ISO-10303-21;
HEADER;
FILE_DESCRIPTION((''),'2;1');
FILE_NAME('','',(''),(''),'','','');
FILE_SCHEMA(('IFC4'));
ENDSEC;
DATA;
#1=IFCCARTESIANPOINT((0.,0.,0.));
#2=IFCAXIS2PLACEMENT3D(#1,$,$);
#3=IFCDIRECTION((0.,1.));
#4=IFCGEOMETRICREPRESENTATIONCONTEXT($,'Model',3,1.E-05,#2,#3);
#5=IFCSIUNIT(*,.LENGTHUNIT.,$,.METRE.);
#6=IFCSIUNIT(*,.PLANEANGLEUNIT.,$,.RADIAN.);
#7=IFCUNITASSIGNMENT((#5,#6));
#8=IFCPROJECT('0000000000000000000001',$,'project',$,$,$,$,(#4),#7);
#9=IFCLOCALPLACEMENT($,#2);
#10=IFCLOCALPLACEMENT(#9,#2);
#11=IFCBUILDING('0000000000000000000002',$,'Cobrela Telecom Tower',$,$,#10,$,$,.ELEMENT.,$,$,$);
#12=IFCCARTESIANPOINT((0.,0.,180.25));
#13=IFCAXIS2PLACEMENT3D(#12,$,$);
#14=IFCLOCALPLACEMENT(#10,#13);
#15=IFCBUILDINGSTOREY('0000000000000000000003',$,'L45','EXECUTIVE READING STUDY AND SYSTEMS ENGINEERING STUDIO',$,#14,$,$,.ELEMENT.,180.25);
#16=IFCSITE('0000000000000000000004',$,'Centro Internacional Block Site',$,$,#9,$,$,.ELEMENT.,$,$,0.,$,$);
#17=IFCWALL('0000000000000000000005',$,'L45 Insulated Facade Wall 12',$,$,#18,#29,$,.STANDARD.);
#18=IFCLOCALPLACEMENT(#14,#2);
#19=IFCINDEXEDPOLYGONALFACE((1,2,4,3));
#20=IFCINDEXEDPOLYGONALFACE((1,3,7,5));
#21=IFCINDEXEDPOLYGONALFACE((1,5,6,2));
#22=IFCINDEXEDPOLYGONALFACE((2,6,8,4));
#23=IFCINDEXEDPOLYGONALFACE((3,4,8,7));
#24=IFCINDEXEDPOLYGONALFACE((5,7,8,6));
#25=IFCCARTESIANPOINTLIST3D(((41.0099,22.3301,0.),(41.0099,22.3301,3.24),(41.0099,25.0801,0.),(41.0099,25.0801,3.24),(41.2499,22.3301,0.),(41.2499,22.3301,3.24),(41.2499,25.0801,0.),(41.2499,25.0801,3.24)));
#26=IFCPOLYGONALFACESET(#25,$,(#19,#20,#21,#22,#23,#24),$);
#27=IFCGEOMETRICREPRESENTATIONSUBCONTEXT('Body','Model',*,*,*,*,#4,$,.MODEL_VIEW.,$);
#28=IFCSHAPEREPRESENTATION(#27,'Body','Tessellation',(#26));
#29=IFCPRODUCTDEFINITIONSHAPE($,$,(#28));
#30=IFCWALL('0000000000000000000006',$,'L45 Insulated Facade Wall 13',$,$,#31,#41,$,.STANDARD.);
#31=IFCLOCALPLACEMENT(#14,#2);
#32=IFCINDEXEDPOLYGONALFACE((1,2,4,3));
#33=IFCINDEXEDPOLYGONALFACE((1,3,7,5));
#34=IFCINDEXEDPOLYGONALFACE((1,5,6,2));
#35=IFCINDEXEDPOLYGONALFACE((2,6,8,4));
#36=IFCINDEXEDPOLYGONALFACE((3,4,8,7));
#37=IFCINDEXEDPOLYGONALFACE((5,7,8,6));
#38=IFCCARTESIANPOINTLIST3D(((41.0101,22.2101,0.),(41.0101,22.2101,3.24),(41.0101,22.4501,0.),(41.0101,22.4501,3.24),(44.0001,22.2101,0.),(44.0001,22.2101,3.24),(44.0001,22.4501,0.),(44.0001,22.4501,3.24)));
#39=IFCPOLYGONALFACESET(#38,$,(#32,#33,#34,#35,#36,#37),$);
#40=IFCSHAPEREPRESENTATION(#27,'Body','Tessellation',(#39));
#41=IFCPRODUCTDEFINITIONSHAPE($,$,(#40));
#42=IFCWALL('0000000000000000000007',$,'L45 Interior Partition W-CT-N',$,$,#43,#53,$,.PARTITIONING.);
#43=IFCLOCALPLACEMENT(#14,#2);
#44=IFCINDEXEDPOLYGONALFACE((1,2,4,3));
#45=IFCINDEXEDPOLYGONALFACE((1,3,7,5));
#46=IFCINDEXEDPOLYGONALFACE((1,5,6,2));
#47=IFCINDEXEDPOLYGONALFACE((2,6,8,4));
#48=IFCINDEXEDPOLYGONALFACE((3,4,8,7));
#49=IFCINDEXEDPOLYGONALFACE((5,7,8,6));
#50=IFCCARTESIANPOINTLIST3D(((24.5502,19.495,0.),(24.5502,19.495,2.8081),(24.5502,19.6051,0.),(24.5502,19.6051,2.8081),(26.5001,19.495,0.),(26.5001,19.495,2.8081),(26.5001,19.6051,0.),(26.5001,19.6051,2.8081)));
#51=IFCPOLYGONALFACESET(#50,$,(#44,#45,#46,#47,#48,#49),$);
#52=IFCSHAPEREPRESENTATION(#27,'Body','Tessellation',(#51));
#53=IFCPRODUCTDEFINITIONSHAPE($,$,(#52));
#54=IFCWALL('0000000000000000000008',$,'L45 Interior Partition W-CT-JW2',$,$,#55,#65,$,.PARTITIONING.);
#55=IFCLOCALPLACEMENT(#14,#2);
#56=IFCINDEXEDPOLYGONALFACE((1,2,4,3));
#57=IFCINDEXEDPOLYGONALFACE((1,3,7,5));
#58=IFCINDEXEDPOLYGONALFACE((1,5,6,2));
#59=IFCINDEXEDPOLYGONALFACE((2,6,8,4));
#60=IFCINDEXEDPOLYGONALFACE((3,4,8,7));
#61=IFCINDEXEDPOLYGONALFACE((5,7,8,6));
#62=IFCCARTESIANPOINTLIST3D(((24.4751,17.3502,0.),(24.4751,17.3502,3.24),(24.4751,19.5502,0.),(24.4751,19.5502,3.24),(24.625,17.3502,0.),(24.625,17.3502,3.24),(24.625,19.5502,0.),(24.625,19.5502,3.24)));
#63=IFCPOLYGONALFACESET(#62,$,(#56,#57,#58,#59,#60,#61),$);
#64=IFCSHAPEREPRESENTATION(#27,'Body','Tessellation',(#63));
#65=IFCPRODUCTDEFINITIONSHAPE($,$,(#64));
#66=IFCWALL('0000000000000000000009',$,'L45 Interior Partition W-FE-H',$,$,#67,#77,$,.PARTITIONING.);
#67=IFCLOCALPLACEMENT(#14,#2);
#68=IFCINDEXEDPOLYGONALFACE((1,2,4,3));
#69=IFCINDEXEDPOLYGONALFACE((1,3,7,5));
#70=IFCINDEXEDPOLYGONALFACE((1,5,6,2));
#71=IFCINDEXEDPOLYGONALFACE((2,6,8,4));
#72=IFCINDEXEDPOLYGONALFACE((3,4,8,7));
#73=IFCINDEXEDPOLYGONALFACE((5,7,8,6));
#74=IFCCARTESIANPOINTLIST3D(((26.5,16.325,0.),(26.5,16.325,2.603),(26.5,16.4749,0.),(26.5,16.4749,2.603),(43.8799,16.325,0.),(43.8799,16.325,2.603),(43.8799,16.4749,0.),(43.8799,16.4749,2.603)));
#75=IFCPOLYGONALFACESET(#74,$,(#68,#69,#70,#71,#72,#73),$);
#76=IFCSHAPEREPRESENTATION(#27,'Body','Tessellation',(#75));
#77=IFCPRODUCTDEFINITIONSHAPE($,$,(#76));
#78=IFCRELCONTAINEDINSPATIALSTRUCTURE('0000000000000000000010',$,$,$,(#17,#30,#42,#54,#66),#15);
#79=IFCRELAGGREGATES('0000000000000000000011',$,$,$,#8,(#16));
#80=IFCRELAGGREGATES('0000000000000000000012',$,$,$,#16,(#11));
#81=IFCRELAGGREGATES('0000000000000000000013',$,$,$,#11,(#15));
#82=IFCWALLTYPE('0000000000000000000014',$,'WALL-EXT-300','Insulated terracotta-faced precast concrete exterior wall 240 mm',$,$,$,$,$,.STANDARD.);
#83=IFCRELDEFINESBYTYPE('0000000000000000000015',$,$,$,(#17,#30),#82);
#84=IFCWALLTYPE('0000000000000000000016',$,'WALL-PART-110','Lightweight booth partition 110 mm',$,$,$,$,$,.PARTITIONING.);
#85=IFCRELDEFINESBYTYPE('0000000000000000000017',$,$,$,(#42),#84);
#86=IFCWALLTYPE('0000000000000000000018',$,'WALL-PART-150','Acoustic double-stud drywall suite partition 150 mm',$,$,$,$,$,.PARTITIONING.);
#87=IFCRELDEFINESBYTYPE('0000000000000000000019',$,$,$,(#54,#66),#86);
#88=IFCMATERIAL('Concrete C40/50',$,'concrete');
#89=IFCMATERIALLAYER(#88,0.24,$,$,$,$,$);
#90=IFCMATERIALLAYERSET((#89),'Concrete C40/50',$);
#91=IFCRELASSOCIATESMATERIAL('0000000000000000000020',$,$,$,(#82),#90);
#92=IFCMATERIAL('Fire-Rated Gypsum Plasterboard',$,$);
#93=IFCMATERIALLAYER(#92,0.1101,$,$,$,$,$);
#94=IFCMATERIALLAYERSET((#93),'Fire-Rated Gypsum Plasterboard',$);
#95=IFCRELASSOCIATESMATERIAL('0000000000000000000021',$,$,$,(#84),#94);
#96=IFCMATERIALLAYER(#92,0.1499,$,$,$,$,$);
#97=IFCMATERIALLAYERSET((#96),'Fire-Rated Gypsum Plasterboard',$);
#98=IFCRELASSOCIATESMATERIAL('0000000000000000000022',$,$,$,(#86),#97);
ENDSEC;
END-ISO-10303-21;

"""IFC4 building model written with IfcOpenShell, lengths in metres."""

from ifc_helpers import new_model, si_unit, direction, frame, frame_2d, origin, place, context, subcontext, project, spatial, rectangle, extrude, material, layer, layer_set, type_object, element, save


model = new_model("IFC4")

# Units and contexts
model_context = context("Model", 3, precision=1e-05, world=origin(), true_north=direction((0.0, 1.0)))
body_context = subcontext(model_context, "Body", "Model", "MODEL_VIEW")
ifc_project = project(units=[si_unit("LENGTHUNIT", "METRE"), si_unit("PLANEANGLEUNIT", "RADIAN")], contexts=[model_context])

# Site, building, storey
site_placement = place(None, origin())
site = spatial("IfcSite", under=ifc_project, at=site_placement, Name="Centro Internacional Block Site", CompositionType="ELEMENT", RefElevation=0.0)
building_placement = place(site_placement, origin())
building = spatial("IfcBuilding", under=site, at=building_placement, Name="Cobrela Telecom Tower", CompositionType="ELEMENT")
storey_placement = place(building_placement, frame((0.0, 0.0, 180.25)))
storey = spatial("IfcBuildingStorey", under=building, at=storey_placement, Name="L45", Description="EXECUTIVE READING STUDY AND SYSTEMS ENGINEERING STUDIO", CompositionType="ELEMENT", Elevation=180.25)

# Walls
ifc_material_1 = material(Name="Concrete C40/50", Category="concrete")
ifc_layer_1 = layer(ifc_material_1, 0.24)
ifc_layer_set_1 = layer_set([ifc_layer_1], Name="Concrete C40/50")
wall_type_1 = type_object("IfcWallType", Name="WALL-EXT-300", Description="Insulated terracotta-faced precast concrete exterior wall 240 mm", PredefinedType="STANDARD", material=ifc_layer_set_1)
wall_1_placement = place(storey_placement, frame((41.1299, 25.0801, 0.0), z_axis=(0.0, 0.0, 1.0), x_axis=(0.0, -1.0, 0.0)))
element("IfcWall", 1, at=wall_1_placement, inside=storey, type_object=wall_type_1, Name="L45 Insulated Facade Wall 12", PredefinedType="STANDARD", context=body_context, shape_type="SweptSolid", body=[
    extrude(rectangle(XDim=2.75, YDim=0.24, at=frame_2d((1.375, 0.0))), origin(), (0.0, 0.0, 1.0), 3.24),
])
wall_2_placement = place(storey_placement, frame((41.01, 22.3301, 0.0), z_axis=(0.0, 0.0, 1.0), x_axis=(1.0, 0.0, 0.0)))
element("IfcWall", 2, at=wall_2_placement, inside=storey, type_object=wall_type_1, Name="L45 Insulated Facade Wall 13", PredefinedType="STANDARD", context=body_context, shape_type="SweptSolid", body=[
    extrude(rectangle(XDim=2.99, YDim=0.24, at=frame_2d((1.4951, 0.0))), origin(), (0.0, 0.0, 1.0), 3.24),
])
ifc_material_2 = material(Name="Fire-Rated Gypsum Plasterboard")
ifc_layer_2 = layer(ifc_material_2, 0.1101)
ifc_layer_set_2 = layer_set([ifc_layer_2], Name="Fire-Rated Gypsum Plasterboard")
wall_type_2 = type_object("IfcWallType", Name="WALL-PART-110", Description="Lightweight booth partition 110 mm", PredefinedType="PARTITIONING", material=ifc_layer_set_2)
wall_3_placement = place(storey_placement, frame((24.55, 19.55, 0.0), z_axis=(0.0, 0.0, 1.0), x_axis=(1.0, 0.0, 0.0)))
element("IfcWall", 3, at=wall_3_placement, inside=storey, type_object=wall_type_2, Name="L45 Interior Partition W-CT-N", PredefinedType="PARTITIONING", context=body_context, shape_type="SweptSolid", body=[
    extrude(rectangle(XDim=1.95, YDim=0.1101, at=frame_2d((0.9751, 0.0))), origin(), (0.0, 0.0, 1.0), 2.8081),
])
ifc_layer_3 = layer(ifc_material_2, 0.1499)
ifc_layer_set_3 = layer_set([ifc_layer_3], Name="Fire-Rated Gypsum Plasterboard")
wall_type_3 = type_object("IfcWallType", Name="WALL-PART-150", Description="Acoustic double-stud drywall suite partition 150 mm", PredefinedType="PARTITIONING", material=ifc_layer_set_3)
wall_4_placement = place(storey_placement, frame((24.55, 17.3501, 0.0), z_axis=(0.0, 0.0, 1.0), x_axis=(0.0, 1.0, 0.0)))
element("IfcWall", 4, at=wall_4_placement, inside=storey, type_object=wall_type_3, Name="L45 Interior Partition W-CT-JW2", PredefinedType="PARTITIONING", context=body_context, shape_type="SweptSolid", body=[
    extrude(rectangle(XDim=2.2, YDim=0.1499, at=frame_2d((1.1001, 0.0))), origin(), (0.0, 0.0, 1.0), 3.24),
])
wall_5_placement = place(storey_placement, frame((26.5, 16.3999, 0.0), z_axis=(0.0, 0.0, 1.0), x_axis=(1.0, 0.0, 0.0)))
element("IfcWall", 5, at=wall_5_placement, inside=storey, type_object=wall_type_3, Name="L45 Interior Partition W-FE-H", PredefinedType="PARTITIONING", context=body_context, shape_type="SweptSolid", body=[
    extrude(rectangle(XDim=17.3799, YDim=0.1499, at=frame_2d((8.6899, 0.0))), origin(), (0.0, 0.0, 1.0), 2.603),
])

save(model, "model.ifc")
